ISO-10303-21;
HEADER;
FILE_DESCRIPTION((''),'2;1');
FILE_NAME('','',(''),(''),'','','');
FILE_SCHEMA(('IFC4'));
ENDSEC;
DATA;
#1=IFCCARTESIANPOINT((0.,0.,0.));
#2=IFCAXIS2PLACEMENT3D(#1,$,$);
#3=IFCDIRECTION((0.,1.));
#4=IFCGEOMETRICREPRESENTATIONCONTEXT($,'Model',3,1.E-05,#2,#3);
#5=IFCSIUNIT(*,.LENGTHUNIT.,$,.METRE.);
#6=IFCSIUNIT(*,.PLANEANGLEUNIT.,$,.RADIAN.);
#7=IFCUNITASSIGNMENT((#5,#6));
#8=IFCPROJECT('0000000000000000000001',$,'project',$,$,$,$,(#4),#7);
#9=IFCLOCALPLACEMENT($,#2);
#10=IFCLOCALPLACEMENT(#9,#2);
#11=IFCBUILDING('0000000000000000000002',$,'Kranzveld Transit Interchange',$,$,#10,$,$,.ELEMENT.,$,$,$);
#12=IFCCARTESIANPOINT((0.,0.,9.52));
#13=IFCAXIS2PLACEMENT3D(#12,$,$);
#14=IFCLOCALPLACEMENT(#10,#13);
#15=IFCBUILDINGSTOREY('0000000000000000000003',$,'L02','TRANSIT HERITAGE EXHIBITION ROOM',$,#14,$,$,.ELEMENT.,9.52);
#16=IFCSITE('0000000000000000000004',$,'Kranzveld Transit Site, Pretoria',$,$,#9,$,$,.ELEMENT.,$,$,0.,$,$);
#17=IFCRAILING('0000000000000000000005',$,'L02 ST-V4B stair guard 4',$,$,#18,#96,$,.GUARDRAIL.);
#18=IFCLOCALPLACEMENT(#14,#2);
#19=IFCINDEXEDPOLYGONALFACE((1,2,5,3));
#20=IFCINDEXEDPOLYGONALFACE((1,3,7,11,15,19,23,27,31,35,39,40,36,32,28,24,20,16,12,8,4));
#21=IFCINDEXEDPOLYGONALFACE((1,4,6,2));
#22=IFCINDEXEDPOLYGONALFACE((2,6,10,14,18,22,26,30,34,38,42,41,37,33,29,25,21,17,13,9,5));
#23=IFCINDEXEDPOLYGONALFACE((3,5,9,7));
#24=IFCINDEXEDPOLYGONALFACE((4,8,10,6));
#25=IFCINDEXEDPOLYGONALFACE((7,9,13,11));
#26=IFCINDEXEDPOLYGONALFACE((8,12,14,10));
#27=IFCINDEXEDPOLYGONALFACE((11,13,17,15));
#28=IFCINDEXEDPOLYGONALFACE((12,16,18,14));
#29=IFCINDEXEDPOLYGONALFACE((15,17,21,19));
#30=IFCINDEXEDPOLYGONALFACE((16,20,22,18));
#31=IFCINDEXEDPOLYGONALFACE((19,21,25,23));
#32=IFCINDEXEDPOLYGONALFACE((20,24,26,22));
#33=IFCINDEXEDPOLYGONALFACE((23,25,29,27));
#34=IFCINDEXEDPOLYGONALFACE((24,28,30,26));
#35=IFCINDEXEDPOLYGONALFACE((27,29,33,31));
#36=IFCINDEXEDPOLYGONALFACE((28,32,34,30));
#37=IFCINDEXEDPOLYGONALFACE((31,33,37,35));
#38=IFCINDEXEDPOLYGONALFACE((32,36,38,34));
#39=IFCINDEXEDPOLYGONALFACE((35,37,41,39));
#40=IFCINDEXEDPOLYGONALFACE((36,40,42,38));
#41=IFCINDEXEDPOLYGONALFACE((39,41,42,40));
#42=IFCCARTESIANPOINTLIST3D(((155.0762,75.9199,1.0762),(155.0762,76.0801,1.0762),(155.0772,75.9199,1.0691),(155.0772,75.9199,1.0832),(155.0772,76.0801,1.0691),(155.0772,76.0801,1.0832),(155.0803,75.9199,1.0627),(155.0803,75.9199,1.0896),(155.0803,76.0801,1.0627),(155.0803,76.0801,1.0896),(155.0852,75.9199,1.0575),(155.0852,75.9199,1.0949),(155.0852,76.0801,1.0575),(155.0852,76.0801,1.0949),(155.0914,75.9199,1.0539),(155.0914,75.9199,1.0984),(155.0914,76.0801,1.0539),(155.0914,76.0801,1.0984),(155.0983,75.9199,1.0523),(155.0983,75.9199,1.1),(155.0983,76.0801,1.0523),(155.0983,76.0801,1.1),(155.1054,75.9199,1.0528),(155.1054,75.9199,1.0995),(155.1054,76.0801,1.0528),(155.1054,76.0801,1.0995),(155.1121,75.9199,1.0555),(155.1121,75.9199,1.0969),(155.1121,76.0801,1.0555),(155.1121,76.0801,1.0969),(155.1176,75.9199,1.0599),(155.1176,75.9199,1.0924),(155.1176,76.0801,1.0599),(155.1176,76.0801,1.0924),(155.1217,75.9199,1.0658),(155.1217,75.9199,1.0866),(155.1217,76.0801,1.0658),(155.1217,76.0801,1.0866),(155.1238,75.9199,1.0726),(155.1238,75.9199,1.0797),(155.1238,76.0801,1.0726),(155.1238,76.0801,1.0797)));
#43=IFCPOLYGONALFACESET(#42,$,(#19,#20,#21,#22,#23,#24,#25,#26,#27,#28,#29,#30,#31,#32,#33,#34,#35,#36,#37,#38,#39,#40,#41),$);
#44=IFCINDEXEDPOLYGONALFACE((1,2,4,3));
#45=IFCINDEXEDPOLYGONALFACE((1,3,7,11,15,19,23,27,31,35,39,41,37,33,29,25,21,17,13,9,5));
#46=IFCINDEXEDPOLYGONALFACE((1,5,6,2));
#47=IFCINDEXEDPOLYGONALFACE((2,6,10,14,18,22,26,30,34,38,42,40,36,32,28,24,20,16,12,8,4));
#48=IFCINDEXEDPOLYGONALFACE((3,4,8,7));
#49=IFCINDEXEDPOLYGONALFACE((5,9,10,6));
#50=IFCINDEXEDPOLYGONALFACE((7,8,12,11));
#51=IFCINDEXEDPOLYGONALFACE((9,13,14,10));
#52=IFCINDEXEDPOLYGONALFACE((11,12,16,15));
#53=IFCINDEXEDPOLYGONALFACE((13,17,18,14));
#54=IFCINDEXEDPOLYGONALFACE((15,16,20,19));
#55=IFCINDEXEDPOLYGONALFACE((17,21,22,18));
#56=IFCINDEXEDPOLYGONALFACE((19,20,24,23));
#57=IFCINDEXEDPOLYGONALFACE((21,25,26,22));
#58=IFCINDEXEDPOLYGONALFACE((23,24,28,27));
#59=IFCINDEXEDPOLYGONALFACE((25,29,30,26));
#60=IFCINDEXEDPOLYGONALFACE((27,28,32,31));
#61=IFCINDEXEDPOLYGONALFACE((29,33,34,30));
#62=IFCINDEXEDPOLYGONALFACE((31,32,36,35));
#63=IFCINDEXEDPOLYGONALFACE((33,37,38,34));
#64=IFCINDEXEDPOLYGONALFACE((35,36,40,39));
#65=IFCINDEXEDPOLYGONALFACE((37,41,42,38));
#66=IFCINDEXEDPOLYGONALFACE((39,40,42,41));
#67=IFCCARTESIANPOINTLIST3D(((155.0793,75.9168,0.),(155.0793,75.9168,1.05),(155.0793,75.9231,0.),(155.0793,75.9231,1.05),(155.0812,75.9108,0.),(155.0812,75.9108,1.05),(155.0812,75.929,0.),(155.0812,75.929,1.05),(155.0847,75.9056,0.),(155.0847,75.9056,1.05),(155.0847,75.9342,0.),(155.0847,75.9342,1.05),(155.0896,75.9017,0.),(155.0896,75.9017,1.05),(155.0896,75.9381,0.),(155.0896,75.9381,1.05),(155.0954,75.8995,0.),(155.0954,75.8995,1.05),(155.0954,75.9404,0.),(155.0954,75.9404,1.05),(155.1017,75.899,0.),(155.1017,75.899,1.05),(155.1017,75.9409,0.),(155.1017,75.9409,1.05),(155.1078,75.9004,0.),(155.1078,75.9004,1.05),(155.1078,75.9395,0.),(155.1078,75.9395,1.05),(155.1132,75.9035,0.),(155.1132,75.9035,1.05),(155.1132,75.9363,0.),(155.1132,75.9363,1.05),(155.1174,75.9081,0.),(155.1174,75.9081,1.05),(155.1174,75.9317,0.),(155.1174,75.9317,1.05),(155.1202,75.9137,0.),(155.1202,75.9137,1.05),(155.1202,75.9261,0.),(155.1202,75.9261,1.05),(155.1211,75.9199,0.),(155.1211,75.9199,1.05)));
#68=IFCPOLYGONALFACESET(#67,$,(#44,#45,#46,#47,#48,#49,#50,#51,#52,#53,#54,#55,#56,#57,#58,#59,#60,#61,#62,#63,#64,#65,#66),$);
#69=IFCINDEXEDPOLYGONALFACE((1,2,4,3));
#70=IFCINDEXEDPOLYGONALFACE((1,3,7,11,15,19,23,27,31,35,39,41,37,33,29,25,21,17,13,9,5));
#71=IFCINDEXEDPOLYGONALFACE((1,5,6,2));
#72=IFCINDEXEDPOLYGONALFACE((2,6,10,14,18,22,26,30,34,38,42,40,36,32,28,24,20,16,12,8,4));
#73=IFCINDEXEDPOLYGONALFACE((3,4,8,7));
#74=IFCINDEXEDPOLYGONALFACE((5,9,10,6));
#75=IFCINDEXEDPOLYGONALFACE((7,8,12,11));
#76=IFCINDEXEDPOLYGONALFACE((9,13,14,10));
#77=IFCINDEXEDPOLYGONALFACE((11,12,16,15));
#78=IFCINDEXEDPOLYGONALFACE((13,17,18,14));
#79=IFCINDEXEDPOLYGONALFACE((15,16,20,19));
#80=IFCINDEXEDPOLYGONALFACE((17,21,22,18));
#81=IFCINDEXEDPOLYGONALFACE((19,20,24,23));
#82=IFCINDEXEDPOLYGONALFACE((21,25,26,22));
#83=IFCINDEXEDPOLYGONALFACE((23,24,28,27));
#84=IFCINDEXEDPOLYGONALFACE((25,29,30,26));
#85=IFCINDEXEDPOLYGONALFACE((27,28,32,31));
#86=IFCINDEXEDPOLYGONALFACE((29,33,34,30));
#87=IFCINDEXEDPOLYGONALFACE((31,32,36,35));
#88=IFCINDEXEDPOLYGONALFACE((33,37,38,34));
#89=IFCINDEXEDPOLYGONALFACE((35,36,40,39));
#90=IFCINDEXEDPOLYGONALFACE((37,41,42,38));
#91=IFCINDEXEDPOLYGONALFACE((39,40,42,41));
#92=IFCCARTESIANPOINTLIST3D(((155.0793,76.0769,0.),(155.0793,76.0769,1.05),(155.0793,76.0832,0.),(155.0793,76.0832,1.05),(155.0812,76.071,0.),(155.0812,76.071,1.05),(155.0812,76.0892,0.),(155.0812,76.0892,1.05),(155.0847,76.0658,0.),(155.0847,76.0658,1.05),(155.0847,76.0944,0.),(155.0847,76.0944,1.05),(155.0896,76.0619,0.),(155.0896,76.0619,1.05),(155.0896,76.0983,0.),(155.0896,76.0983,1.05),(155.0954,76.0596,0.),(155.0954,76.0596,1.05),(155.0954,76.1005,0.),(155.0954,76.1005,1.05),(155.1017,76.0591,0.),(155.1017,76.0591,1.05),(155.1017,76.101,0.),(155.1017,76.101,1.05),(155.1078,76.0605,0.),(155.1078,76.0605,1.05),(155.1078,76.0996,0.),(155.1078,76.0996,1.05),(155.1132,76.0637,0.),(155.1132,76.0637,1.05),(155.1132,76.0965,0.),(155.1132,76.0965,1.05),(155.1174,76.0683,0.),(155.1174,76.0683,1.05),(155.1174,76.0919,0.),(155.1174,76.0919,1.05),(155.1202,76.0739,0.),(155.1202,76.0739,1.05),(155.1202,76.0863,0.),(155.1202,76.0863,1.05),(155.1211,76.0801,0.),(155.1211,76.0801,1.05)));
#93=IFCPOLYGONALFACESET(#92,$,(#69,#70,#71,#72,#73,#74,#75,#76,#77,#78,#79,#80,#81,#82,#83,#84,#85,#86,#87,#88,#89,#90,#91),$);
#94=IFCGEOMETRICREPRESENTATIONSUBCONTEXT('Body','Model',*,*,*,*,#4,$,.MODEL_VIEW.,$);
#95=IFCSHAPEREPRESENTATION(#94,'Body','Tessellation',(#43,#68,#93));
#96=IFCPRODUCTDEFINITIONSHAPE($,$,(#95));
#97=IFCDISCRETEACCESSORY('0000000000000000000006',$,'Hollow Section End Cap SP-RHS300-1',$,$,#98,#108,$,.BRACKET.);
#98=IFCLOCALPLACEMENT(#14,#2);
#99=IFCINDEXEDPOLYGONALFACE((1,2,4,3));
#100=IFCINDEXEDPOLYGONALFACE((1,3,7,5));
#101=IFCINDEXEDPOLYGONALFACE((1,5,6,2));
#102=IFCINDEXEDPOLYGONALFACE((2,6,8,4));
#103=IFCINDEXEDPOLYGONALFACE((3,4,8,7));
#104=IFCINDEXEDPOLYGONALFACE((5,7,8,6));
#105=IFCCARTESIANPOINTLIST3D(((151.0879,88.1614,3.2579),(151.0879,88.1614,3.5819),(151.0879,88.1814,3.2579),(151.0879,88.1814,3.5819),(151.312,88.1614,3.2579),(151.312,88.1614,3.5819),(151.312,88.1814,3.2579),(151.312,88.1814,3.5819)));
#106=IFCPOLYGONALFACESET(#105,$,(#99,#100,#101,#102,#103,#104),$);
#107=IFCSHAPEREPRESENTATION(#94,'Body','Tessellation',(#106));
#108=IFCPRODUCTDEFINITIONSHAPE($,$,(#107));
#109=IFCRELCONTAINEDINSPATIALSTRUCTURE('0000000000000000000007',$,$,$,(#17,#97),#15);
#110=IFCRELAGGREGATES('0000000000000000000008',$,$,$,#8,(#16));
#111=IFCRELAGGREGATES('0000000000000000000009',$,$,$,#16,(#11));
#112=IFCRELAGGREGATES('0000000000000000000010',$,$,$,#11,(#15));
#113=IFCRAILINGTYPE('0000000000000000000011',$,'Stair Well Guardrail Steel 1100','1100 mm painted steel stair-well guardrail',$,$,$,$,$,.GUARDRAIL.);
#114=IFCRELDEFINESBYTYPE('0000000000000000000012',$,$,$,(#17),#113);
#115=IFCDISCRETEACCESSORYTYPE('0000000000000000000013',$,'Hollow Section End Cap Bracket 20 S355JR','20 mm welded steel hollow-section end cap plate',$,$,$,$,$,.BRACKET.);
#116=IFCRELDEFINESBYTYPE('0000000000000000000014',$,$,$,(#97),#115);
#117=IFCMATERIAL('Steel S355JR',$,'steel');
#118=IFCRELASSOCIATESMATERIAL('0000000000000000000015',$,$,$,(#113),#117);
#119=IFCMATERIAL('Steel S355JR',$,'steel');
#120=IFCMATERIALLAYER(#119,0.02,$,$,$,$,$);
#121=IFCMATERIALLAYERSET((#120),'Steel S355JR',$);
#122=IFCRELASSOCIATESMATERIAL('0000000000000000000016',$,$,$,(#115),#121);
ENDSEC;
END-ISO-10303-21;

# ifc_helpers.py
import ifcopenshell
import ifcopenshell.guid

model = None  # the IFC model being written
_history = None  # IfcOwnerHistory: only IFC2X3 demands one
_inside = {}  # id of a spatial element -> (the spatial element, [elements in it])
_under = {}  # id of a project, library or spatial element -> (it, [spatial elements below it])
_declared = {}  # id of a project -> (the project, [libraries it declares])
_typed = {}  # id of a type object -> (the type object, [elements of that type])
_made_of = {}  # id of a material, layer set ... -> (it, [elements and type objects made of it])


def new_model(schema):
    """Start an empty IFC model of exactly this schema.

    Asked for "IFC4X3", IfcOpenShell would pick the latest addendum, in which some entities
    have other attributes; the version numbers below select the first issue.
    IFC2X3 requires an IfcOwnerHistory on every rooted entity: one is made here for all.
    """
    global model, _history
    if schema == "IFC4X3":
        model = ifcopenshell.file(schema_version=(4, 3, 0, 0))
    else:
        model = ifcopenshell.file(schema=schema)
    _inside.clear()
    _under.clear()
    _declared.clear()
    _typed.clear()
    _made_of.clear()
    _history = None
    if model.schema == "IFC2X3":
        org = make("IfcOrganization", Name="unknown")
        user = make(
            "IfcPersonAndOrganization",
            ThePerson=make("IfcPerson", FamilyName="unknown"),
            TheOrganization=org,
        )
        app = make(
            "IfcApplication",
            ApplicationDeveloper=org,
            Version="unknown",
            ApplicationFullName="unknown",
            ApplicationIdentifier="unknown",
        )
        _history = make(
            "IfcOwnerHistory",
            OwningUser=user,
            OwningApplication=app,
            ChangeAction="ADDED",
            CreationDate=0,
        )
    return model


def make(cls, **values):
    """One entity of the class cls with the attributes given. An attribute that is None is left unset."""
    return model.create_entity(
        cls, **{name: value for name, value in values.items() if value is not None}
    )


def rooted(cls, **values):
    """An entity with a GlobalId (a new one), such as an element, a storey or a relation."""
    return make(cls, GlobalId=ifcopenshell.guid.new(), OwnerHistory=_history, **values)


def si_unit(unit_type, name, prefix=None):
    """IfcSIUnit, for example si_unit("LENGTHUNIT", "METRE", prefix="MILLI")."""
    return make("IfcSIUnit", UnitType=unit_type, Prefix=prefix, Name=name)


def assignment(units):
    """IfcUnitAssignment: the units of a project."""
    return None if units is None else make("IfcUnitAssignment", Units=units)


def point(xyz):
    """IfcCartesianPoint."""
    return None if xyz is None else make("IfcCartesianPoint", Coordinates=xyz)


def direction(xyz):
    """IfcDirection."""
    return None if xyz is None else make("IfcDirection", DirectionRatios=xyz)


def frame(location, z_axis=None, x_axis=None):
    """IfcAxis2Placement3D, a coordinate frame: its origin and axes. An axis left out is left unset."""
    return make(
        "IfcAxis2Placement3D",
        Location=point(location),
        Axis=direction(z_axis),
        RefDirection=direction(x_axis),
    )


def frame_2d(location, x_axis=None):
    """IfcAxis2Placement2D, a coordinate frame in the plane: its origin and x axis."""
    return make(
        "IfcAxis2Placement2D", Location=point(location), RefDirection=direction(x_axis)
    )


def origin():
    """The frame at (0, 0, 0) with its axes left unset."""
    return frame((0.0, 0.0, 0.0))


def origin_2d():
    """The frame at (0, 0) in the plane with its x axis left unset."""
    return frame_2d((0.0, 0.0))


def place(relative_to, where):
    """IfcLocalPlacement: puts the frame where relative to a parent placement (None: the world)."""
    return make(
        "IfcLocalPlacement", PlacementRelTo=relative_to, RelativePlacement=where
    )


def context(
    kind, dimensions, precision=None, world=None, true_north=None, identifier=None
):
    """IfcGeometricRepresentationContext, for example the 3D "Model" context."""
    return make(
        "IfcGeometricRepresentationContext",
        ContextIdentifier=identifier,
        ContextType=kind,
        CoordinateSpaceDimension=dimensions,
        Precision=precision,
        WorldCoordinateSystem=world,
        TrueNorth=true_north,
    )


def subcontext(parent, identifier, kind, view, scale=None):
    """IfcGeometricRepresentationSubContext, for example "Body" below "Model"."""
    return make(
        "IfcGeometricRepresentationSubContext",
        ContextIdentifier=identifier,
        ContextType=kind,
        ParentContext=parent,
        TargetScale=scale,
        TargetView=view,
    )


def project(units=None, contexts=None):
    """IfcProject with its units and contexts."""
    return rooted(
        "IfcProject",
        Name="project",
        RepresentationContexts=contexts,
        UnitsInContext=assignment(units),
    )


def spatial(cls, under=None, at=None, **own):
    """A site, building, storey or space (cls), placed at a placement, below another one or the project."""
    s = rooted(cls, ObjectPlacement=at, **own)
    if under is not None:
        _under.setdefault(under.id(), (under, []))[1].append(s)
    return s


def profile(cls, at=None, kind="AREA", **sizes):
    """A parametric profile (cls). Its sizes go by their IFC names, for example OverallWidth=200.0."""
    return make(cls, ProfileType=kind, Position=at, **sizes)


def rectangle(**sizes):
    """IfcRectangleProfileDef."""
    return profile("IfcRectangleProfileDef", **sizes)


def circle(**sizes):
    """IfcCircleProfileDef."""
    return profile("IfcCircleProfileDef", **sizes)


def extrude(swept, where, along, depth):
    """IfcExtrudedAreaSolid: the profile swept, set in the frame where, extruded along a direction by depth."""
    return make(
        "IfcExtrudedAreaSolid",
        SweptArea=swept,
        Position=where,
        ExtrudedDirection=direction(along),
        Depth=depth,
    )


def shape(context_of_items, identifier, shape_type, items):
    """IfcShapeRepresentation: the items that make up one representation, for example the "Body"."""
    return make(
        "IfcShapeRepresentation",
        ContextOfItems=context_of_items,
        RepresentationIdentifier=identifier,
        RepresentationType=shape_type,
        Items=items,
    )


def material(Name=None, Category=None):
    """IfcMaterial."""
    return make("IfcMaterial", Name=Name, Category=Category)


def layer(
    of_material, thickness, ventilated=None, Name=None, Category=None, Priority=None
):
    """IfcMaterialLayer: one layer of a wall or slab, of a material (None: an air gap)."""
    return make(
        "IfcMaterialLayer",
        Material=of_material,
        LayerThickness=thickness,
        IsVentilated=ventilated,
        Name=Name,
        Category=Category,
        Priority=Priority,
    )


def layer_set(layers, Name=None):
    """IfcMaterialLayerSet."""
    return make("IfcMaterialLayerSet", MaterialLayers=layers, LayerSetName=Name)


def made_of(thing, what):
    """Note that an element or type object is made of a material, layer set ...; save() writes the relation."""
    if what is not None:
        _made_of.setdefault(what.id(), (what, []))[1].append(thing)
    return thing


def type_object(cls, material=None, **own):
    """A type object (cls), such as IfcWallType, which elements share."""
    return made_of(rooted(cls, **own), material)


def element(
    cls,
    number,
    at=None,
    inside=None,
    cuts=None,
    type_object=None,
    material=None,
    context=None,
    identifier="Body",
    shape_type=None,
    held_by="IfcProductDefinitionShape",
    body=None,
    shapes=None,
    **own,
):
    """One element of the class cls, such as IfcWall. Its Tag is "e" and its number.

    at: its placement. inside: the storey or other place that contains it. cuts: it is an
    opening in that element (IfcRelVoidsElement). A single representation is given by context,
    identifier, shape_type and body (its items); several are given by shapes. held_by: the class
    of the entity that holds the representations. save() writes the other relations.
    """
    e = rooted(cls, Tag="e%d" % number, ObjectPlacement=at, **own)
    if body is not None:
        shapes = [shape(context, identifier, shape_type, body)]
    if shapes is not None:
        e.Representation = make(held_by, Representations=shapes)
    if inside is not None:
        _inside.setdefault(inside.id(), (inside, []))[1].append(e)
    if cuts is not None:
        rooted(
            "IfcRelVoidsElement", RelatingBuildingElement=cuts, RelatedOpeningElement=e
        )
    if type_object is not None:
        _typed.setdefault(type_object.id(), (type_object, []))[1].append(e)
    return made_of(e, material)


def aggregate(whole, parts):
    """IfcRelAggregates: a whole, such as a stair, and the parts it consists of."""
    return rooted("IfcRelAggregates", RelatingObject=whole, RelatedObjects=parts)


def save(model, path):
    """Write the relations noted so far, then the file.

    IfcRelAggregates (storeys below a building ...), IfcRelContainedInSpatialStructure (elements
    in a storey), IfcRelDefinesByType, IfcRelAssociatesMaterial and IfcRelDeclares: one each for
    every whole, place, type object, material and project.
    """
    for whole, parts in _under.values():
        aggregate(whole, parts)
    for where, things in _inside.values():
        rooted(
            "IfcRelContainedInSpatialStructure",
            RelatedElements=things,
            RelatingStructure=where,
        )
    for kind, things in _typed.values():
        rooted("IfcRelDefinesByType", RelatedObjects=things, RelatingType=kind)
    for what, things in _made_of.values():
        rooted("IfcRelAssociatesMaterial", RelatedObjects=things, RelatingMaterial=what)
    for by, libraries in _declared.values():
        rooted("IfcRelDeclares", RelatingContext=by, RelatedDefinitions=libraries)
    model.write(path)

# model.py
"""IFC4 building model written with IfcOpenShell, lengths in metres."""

from ifc_helpers import new_model, si_unit, direction, frame, origin, origin_2d, place, context, subcontext, project, spatial, rectangle, circle, extrude, material, layer, layer_set, type_object, element, save


model = new_model("IFC4")

# Units and contexts
model_context = context("Model", 3, precision=1e-05, world=origin(), true_north=direction((0.0, 1.0)))
body_context = subcontext(model_context, "Body", "Model", "MODEL_VIEW")
ifc_project = project(units=[si_unit("LENGTHUNIT", "METRE"), si_unit("PLANEANGLEUNIT", "RADIAN")], contexts=[model_context])

# Site, building, storey
site_placement = place(None, origin())
site = spatial("IfcSite", under=ifc_project, at=site_placement, Name="Kranzveld Transit Site, Pretoria", CompositionType="ELEMENT", RefElevation=0.0)
building_placement = place(site_placement, origin())
building = spatial("IfcBuilding", under=site, at=building_placement, Name="Kranzveld Transit Interchange", CompositionType="ELEMENT")
storey_placement = place(building_placement, frame((0.0, 0.0, 9.52)))
storey = spatial("IfcBuildingStorey", under=building, at=storey_placement, Name="L02", Description="TRANSIT HERITAGE EXHIBITION ROOM", CompositionType="ELEMENT", Elevation=9.52)

# Railing
ifc_material_1 = material(Name="Steel S355JR", Category="steel")
railing_type_1 = type_object("IfcRailingType", Name="Stair Well Guardrail Steel 1100", Description="1100 mm painted steel stair-well guardrail", PredefinedType="GUARDRAIL", material=ifc_material_1)
railing_1_placement = place(storey_placement, frame((155.1001, 75.9199, 0.0)))
element("IfcRailing", 1, at=railing_1_placement, inside=storey, type_object=railing_type_1, Name="L02 ST-V4B stair guard 4", PredefinedType="GUARDRAIL", context=body_context, shape_type="SweptSolid", body=[
    extrude(circle(Radius=0.0239, at=origin_2d()), frame((0.0, 0.0, 1.0762), z_axis=(0.0, 1.0, 0.0), x_axis=(-1.0, 0.0, 0.0)), (0.0, 0.0, 1.0), 0.1602),
    extrude(circle(Radius=0.021, at=origin_2d()), origin(), (0.0, 0.0, 1.0), 1.05),
    extrude(circle(Radius=0.021, at=origin_2d()), frame((0.0, 0.1602, 0.0)), (0.0, 0.0, 1.0), 1.05),
])

# Discrete accessory
ifc_material_2 = material(Name="Steel S355JR", Category="steel")
ifc_layer_1 = layer(ifc_material_2, 0.02)
ifc_layer_set_1 = layer_set([ifc_layer_1], Name="Steel S355JR")
discrete_accessory_type = type_object("IfcDiscreteAccessoryType", Name="Hollow Section End Cap Bracket 20 S355JR", Description="20 mm welded steel hollow-section end cap plate", PredefinedType="BRACKET", material=ifc_layer_set_1)
discrete_accessory_placement = place(storey_placement, frame((151.2, 88.1814, 3.4199), z_axis=(0.0, -1.0, 0.0), x_axis=(1.0, 0.0, 0.0)))
element("IfcDiscreteAccessory", 2, at=discrete_accessory_placement, inside=storey, type_object=discrete_accessory_type, Name="Hollow Section End Cap SP-RHS300-1", PredefinedType="BRACKET", context=body_context, shape_type="SweptSolid", body=[
    extrude(rectangle(XDim=0.2241, YDim=0.324, at=origin_2d()), origin(), (0.0, 0.0, 1.0), 0.02),
])

save(model, "model.ifc")
